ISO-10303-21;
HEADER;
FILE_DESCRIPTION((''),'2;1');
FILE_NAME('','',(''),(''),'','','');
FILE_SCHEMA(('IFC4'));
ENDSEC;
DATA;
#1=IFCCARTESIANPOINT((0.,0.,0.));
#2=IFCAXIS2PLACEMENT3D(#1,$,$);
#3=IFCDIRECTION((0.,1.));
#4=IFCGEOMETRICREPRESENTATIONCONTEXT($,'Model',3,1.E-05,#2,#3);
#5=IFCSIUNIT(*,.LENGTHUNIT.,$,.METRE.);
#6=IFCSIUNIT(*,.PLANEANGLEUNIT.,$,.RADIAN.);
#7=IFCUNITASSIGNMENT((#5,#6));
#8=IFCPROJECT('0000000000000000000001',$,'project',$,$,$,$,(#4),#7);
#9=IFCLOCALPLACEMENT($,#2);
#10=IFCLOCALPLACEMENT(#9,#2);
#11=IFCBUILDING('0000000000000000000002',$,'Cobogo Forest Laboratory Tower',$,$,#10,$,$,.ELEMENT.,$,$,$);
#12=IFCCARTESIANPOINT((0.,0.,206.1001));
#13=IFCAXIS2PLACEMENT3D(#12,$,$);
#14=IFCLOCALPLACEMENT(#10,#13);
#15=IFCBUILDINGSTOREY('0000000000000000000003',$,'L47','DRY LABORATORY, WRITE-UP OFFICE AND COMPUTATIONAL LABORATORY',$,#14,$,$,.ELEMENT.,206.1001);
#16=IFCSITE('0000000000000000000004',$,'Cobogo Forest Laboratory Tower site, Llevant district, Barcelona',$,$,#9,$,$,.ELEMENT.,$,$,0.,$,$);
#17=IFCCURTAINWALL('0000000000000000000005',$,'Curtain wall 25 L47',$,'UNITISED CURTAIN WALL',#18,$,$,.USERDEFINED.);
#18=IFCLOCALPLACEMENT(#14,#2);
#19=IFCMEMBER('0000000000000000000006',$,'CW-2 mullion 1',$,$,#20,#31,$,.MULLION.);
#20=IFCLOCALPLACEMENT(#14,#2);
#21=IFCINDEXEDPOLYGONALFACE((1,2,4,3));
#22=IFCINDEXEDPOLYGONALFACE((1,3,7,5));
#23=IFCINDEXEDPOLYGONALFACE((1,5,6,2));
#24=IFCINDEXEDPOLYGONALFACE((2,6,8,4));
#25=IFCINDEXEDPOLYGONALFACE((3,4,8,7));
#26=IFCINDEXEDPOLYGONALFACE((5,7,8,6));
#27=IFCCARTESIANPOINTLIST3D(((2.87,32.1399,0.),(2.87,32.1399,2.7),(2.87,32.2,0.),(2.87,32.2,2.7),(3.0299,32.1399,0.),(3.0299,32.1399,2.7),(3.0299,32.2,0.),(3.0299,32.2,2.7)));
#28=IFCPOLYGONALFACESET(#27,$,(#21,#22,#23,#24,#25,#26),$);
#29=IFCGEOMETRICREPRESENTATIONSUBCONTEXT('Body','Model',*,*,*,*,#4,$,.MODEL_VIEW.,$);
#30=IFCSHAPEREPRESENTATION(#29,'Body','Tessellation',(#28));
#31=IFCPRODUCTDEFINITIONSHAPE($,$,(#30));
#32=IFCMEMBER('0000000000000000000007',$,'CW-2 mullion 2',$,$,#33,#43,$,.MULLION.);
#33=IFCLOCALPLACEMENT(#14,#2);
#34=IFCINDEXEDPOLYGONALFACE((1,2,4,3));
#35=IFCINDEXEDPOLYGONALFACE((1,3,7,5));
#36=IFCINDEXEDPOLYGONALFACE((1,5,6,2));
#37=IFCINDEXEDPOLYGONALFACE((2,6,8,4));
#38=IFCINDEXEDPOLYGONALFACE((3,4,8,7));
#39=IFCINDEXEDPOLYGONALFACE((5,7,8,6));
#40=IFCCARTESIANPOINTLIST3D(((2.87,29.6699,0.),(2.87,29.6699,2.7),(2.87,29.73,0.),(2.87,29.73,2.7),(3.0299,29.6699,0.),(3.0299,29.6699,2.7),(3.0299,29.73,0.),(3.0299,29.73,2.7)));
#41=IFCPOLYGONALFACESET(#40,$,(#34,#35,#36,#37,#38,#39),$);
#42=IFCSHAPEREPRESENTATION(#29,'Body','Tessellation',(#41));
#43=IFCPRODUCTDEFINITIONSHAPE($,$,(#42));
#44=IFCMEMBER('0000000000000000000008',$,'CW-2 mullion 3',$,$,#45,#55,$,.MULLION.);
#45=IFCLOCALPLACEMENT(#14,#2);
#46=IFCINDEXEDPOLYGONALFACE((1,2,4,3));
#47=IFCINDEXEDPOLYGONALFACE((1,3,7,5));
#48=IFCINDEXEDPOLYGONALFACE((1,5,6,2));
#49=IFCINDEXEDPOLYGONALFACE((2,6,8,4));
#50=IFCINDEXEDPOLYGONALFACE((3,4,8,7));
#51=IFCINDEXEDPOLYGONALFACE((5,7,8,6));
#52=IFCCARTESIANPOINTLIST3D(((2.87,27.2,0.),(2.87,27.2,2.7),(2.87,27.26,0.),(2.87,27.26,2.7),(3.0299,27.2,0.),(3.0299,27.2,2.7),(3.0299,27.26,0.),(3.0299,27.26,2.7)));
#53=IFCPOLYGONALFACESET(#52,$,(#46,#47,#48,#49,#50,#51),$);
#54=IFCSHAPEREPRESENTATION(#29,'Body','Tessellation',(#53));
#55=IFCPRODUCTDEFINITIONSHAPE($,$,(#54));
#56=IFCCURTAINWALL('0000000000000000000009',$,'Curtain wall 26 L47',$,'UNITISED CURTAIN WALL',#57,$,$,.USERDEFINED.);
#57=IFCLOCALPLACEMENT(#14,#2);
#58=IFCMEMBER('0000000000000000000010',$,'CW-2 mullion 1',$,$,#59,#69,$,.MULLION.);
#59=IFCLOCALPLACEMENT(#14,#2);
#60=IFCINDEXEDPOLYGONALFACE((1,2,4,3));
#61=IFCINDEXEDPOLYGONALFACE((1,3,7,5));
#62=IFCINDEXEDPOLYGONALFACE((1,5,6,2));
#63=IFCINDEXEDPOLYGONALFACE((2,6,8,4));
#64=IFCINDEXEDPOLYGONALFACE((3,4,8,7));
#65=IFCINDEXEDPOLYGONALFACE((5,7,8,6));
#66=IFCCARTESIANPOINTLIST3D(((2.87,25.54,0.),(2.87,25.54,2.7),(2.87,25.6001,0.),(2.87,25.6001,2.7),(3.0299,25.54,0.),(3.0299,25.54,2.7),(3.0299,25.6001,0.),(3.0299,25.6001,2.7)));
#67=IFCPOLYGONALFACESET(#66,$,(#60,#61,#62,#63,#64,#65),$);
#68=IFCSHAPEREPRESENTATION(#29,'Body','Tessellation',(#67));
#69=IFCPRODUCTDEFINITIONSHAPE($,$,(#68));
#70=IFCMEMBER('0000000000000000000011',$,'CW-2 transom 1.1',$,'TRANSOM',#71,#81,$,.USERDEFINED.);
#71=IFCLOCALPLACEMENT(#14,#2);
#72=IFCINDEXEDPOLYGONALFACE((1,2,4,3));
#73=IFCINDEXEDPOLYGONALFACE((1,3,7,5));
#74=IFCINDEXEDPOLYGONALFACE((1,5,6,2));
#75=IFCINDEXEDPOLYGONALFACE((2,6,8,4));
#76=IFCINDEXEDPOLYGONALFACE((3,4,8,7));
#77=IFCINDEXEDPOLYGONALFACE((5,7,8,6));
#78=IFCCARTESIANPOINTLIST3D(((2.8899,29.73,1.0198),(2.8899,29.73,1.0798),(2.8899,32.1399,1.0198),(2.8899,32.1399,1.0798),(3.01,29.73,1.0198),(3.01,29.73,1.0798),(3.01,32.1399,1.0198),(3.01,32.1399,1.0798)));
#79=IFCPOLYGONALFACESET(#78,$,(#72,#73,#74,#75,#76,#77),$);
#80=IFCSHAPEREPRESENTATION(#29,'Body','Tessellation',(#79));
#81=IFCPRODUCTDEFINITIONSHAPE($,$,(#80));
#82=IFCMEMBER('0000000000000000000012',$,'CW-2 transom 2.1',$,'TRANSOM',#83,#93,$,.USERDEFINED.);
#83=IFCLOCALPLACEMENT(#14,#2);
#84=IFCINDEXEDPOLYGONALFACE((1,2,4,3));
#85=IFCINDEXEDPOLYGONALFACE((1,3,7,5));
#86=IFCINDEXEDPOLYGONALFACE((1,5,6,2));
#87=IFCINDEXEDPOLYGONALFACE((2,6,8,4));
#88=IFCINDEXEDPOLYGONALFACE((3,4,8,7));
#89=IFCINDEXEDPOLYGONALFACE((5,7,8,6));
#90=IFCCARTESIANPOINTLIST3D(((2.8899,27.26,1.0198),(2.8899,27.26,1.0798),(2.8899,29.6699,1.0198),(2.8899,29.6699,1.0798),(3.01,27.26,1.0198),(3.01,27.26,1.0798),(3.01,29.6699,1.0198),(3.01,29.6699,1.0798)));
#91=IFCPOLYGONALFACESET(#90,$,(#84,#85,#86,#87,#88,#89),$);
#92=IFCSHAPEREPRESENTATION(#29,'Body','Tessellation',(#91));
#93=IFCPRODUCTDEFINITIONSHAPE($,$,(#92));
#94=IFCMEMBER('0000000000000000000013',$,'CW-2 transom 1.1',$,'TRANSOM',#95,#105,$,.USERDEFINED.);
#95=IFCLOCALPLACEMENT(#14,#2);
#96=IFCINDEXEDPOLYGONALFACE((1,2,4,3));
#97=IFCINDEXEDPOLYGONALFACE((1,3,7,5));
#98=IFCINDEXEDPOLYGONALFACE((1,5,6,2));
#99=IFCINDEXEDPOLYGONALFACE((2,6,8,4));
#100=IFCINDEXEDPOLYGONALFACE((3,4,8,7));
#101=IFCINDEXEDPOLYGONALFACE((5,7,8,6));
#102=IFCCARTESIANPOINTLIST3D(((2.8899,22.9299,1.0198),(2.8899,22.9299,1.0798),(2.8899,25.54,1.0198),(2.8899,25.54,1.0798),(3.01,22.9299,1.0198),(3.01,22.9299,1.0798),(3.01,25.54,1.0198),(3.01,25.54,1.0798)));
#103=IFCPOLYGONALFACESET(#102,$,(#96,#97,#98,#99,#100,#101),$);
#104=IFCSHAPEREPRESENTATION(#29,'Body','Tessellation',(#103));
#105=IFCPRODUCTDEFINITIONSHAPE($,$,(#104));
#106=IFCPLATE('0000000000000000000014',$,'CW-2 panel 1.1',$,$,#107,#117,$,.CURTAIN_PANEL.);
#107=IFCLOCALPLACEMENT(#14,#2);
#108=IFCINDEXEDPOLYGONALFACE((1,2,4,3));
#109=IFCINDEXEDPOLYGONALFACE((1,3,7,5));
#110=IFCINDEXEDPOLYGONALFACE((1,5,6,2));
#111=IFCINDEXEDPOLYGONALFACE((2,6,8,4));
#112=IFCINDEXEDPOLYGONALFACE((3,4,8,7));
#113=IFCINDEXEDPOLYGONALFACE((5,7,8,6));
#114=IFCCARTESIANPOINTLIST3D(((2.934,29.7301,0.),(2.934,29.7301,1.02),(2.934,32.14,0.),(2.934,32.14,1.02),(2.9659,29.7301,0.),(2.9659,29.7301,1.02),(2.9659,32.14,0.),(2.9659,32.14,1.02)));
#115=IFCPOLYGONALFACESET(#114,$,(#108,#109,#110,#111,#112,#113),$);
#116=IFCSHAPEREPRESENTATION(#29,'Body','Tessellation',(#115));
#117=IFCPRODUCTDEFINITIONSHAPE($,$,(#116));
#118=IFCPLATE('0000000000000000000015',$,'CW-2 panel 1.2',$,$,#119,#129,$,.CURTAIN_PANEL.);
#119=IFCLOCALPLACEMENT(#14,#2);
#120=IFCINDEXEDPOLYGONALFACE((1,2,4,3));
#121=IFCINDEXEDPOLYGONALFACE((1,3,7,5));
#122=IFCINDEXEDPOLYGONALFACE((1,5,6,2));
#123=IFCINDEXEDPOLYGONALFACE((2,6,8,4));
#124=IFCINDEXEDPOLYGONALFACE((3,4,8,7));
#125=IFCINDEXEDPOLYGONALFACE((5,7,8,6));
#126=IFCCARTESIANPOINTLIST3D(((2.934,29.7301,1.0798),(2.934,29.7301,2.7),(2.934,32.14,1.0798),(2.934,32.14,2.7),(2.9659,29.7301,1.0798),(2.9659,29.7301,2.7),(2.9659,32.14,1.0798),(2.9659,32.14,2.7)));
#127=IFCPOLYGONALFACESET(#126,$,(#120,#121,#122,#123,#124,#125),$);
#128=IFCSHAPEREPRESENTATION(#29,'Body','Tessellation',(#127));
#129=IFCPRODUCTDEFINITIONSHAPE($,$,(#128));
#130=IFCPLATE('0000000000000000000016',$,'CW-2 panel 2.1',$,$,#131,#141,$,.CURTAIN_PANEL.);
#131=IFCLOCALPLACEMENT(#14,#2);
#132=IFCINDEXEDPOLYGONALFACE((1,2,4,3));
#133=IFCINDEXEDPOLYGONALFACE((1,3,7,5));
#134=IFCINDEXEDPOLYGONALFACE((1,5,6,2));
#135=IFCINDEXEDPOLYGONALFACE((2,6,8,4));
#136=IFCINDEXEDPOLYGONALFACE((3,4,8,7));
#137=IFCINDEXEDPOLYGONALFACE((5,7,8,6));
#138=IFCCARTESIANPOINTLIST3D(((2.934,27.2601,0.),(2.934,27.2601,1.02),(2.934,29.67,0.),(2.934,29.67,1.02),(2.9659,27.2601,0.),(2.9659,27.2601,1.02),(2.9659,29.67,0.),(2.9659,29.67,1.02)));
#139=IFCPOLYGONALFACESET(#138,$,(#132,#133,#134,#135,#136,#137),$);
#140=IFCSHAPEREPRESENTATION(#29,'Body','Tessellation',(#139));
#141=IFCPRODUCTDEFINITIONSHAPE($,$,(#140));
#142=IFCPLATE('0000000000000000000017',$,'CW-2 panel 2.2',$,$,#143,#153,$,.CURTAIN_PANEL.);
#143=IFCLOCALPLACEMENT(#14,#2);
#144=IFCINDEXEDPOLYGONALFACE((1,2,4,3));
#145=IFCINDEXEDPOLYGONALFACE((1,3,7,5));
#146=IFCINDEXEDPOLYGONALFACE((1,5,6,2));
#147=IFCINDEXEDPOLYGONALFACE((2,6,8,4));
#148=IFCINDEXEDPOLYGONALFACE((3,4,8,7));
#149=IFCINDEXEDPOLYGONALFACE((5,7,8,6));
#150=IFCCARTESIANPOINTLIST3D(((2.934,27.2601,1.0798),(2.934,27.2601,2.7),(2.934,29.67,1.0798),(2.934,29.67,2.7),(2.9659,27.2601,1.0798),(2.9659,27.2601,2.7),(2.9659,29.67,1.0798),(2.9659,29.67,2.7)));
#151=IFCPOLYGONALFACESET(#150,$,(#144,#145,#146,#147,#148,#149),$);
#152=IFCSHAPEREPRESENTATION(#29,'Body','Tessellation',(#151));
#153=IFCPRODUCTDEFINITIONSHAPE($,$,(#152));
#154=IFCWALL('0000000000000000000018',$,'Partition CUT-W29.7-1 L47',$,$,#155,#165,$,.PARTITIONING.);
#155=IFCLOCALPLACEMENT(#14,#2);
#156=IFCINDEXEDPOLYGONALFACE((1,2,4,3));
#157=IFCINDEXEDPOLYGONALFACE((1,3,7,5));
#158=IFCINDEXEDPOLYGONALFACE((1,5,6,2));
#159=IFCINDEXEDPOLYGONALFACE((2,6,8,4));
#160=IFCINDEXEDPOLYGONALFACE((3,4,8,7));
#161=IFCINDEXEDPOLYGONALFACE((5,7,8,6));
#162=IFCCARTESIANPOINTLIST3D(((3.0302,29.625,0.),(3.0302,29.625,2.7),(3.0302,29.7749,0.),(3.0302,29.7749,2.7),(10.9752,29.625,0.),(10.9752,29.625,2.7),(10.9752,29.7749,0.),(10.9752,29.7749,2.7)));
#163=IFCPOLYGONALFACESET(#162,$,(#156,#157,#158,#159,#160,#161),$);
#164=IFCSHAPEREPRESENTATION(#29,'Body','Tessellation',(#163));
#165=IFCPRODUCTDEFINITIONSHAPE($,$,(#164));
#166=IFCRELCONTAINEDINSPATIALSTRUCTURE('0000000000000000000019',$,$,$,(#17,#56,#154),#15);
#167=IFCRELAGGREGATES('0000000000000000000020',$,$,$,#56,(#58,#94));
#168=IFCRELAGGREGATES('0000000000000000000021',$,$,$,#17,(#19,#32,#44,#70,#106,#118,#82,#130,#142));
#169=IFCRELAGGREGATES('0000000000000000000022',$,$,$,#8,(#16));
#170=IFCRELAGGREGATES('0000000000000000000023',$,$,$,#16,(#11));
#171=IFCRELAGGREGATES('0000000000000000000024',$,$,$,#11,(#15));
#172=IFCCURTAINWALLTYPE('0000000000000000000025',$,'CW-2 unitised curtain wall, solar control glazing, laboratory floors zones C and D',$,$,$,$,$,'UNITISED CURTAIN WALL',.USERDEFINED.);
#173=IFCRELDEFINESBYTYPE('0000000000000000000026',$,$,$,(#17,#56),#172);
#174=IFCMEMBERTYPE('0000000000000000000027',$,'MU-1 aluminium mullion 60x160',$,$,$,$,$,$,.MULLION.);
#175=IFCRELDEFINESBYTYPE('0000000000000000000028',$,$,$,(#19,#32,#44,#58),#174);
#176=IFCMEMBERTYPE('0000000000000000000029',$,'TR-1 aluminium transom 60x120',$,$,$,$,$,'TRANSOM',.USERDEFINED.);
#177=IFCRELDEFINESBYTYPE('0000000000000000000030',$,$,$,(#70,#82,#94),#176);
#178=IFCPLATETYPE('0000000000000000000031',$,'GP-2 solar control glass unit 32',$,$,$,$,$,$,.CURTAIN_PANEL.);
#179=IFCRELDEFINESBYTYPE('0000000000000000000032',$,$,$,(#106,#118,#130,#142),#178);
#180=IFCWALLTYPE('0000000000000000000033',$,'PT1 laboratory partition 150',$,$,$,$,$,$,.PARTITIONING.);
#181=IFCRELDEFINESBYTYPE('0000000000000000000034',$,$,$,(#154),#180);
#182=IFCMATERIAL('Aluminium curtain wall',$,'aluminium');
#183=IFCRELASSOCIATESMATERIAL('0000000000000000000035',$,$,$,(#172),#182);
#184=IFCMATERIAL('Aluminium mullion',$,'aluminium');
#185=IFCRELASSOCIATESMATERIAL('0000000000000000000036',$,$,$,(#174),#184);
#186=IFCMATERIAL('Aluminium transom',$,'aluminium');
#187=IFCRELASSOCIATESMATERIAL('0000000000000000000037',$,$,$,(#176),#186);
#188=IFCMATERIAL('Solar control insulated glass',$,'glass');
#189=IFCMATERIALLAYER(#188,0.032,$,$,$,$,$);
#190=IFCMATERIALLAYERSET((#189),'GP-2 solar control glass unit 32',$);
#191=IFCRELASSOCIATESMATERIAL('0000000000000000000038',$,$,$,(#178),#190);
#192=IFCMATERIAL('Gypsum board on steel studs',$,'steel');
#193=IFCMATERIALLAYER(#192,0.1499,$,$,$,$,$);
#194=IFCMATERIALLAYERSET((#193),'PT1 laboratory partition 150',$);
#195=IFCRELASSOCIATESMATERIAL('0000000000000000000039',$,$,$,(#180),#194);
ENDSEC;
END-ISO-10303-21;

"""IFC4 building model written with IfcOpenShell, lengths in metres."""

from ifc_helpers import new_model, si_unit, direction, frame, frame_2d, origin, origin_2d, place, context, subcontext, project, spatial, rectangle, extrude, material, layer, layer_set, material_profile, profile_set, type_object, element, aggregate, save


model = new_model("IFC4")

# Units and contexts
model_context = context("Model", 3, precision=1e-05, world=origin(), true_north=direction((0.0, 1.0)))
body_context = subcontext(model_context, "Body", "Model", "MODEL_VIEW")
ifc_project = project(units=[si_unit("LENGTHUNIT", "METRE"), si_unit("PLANEANGLEUNIT", "RADIAN")], contexts=[model_context])

# Site, building, storey
site_placement = place(None, origin())
site = spatial("IfcSite", under=ifc_project, at=site_placement, Name="Cobogo Forest Laboratory Tower site, Llevant district, Barcelona", CompositionType="ELEMENT", RefElevation=0.0)
building_placement = place(site_placement, origin())
building = spatial("IfcBuilding", under=site, at=building_placement, Name="Cobogo Forest Laboratory Tower", CompositionType="ELEMENT")
storey_placement = place(building_placement, frame((0.0, 0.0, 206.1001)))
storey = spatial("IfcBuildingStorey", under=building, at=storey_placement, Name="L47", Description="DRY LABORATORY, WRITE-UP OFFICE AND COMPUTATIONAL LABORATORY", CompositionType="ELEMENT", Elevation=206.1001)

# Curtain wall, members
ifc_material_1 = material(Name="Aluminium curtain wall", Category="aluminium")
curtain_wall_type = type_object("IfcCurtainWallType", Name="CW-2 unitised curtain wall, solar control glazing, laboratory floors zones C and D", ElementType="UNITISED CURTAIN WALL", PredefinedType="USERDEFINED", material=ifc_material_1)
curtain_wall_1_placement = place(storey_placement, origin())
curtain_wall_1 = element("IfcCurtainWall", 1, at=curtain_wall_1_placement, inside=storey, type_object=curtain_wall_type, Name="Curtain wall 25 L47", ObjectType="UNITISED CURTAIN WALL", PredefinedType="USERDEFINED")
ifc_material_2 = material(Name="Aluminium mullion", Category="aluminium")
ifc_material_profile_1 = material_profile(ifc_material_2, rectangle(XDim=0.0601, YDim=0.1599, at=origin_2d()), Name="AL 60x160")
ifc_profile_set_1 = profile_set([ifc_material_profile_1], Name="Aluminium mullion")
member_type_1 = type_object("IfcMemberType", Name="MU-1 aluminium mullion 60x160", PredefinedType="MULLION", material=ifc_profile_set_1)
member_1_placement = place(storey_placement, frame((2.95, 32.1699, 0.0), z_axis=(0.0, 0.0, 1.0), x_axis=(0.0, -1.0, 0.0)))
member_1 = element("IfcMember", 2, at=member_1_placement, type_object=member_type_1, Name="CW-2 mullion 1", PredefinedType="MULLION", context=body_context, shape_type="SweptSolid", body=[
    extrude(rectangle(XDim=0.0601, YDim=0.1599, at=origin_2d()), origin(), (0.0, 0.0, 1.0), 2.7),
])
member_2_placement = place(storey_placement, frame((2.95, 29.7, 0.0), z_axis=(0.0, 0.0, 1.0), x_axis=(0.0, -1.0, 0.0)))
member_2 = element("IfcMember", 3, at=member_2_placement, type_object=member_type_1, Name="CW-2 mullion 2", PredefinedType="MULLION", context=body_context, shape_type="SweptSolid", body=[
    extrude(rectangle(XDim=0.0601, YDim=0.1599, at=origin_2d()), origin(), (0.0, 0.0, 1.0), 2.7),
])
member_3_placement = place(storey_placement, frame((2.95, 27.23, 0.0), z_axis=(0.0, 0.0, 1.0), x_axis=(0.0, -1.0, 0.0)))
member_3 = element("IfcMember", 4, at=member_3_placement, type_object=member_type_1, Name="CW-2 mullion 3", PredefinedType="MULLION", context=body_context, shape_type="SweptSolid", body=[
    extrude(rectangle(XDim=0.0601, YDim=0.1599, at=origin_2d()), origin(), (0.0, 0.0, 1.0), 2.7),
])

# Curtain wall, member
curtain_wall_2_placement = place(storey_placement, origin())
curtain_wall_2 = element("IfcCurtainWall", 5, at=curtain_wall_2_placement, inside=storey, type_object=curtain_wall_type, Name="Curtain wall 26 L47", ObjectType="UNITISED CURTAIN WALL", PredefinedType="USERDEFINED")
member_4_placement = place(storey_placement, frame((2.95, 25.5701, 0.0), z_axis=(0.0, 0.0, 1.0), x_axis=(0.0, -1.0, 0.0)))
member_4 = element("IfcMember", 6, at=member_4_placement, type_object=member_type_1, Name="CW-2 mullion 1", PredefinedType="MULLION", context=body_context, shape_type="SweptSolid", body=[
    extrude(rectangle(XDim=0.0601, YDim=0.1599, at=origin_2d()), origin(), (0.0, 0.0, 1.0), 2.7),
])

# Members
ifc_material_3 = material(Name="Aluminium transom", Category="aluminium")
ifc_material_profile_2 = material_profile(ifc_material_3, rectangle(XDim=0.1201, YDim=0.0601, at=origin_2d()), Name="AL 60x120")
ifc_profile_set_2 = profile_set([ifc_material_profile_2], Name="Aluminium transom")
member_type_2 = type_object("IfcMemberType", Name="TR-1 aluminium transom 60x120", ElementType="TRANSOM", PredefinedType="USERDEFINED", material=ifc_profile_set_2)
member_5_placement = place(storey_placement, frame((2.95, 32.1399, 1.0498), z_axis=(0.0, -1.0, 0.0), x_axis=(1.0, 0.0, 0.0)))
member_5 = element("IfcMember", 7, at=member_5_placement, type_object=member_type_2, Name="CW-2 transom 1.1", ObjectType="TRANSOM", PredefinedType="USERDEFINED", context=body_context, shape_type="SweptSolid", body=[
    extrude(rectangle(XDim=0.1201, YDim=0.0601, at=origin_2d()), origin(), (0.0, 0.0, 1.0), 2.4099),
])
member_6_placement = place(storey_placement, frame((2.95, 29.6699, 1.0498), z_axis=(0.0, -1.0, 0.0), x_axis=(1.0, 0.0, 0.0)))
member_6 = element("IfcMember", 8, at=member_6_placement, type_object=member_type_2, Name="CW-2 transom 2.1", ObjectType="TRANSOM", PredefinedType="USERDEFINED", context=body_context, shape_type="SweptSolid", body=[
    extrude(rectangle(XDim=0.1201, YDim=0.0601, at=origin_2d()), origin(), (0.0, 0.0, 1.0), 2.4099),
])
member_7_placement = place(storey_placement, frame((2.95, 25.54, 1.0498), z_axis=(0.0, -1.0, 0.0), x_axis=(1.0, 0.0, 0.0)))
member_7 = element("IfcMember", 9, at=member_7_placement, type_object=member_type_2, Name="CW-2 transom 1.1", ObjectType="TRANSOM", PredefinedType="USERDEFINED", context=body_context, shape_type="SweptSolid", body=[
    extrude(rectangle(XDim=0.1201, YDim=0.0601, at=origin_2d()), origin(), (0.0, 0.0, 1.0), 2.6101),
])
aggregate(curtain_wall_2, [member_4, member_7])

# Plates
ifc_material_4 = material(Name="Solar control insulated glass", Category="glass")
ifc_layer_1 = layer(ifc_material_4, 0.032)
ifc_layer_set_1 = layer_set([ifc_layer_1], Name="GP-2 solar control glass unit 32")
plate_type_1 = type_object("IfcPlateType", Name="GP-2 solar control glass unit 32", PredefinedType="CURTAIN_PANEL", material=ifc_layer_set_1)
plate_1_placement = place(storey_placement, frame((2.95, 30.9351, 0.0), z_axis=(0.0, 0.0, 1.0), x_axis=(0.0, -1.0, 0.0)))
plate_1 = element("IfcPlate", 10, at=plate_1_placement, type_object=plate_type_1, Name="CW-2 panel 1.1", PredefinedType="CURTAIN_PANEL", context=body_context, shape_type="SweptSolid", body=[
    extrude(rectangle(XDim=2.4099, YDim=0.032, at=origin_2d()), origin(), (0.0, 0.0, 1.0), 1.02),
])
plate_2_placement = place(storey_placement, frame((2.95, 30.9351, 1.0798), z_axis=(0.0, 0.0, 1.0), x_axis=(0.0, -1.0, 0.0)))
plate_2 = element("IfcPlate", 11, at=plate_2_placement, type_object=plate_type_1, Name="CW-2 panel 1.2", PredefinedType="CURTAIN_PANEL", context=body_context, shape_type="SweptSolid", body=[
    extrude(rectangle(XDim=2.4099, YDim=0.032, at=origin_2d()), origin(), (0.0, 0.0, 1.0), 1.6201),
])
plate_3_placement = place(storey_placement, frame((2.95, 28.4651, 0.0), z_axis=(0.0, 0.0, 1.0), x_axis=(0.0, -1.0, 0.0)))
plate_3 = element("IfcPlate", 12, at=plate_3_placement, type_object=plate_type_1, Name="CW-2 panel 2.1", PredefinedType="CURTAIN_PANEL", context=body_context, shape_type="SweptSolid", body=[
    extrude(rectangle(XDim=2.4099, YDim=0.032, at=origin_2d()), origin(), (0.0, 0.0, 1.0), 1.02),
])
plate_4_placement = place(storey_placement, frame((2.95, 28.4651, 1.0798), z_axis=(0.0, 0.0, 1.0), x_axis=(0.0, -1.0, 0.0)))
plate_4 = element("IfcPlate", 13, at=plate_4_placement, type_object=plate_type_1, Name="CW-2 panel 2.2", PredefinedType="CURTAIN_PANEL", context=body_context, shape_type="SweptSolid", body=[
    extrude(rectangle(XDim=2.4099, YDim=0.032, at=origin_2d()), origin(), (0.0, 0.0, 1.0), 1.6201),
])
aggregate(curtain_wall_1, [member_1, member_2, member_3, member_5, plate_1, plate_2, member_6, plate_3, plate_4])

# Wall
ifc_material_5 = material(Name="Gypsum board on steel studs", Category="steel")
ifc_layer_2 = layer(ifc_material_5, 0.1499)
ifc_layer_set_2 = layer_set([ifc_layer_2], Name="PT1 laboratory partition 150")
wall_type = type_object("IfcWallType", Name="PT1 laboratory partition 150", PredefinedType="PARTITIONING", material=ifc_layer_set_2)
wall_placement = place(storey_placement, frame((3.03, 29.7, 0.0), z_axis=(0.0, 0.0, 1.0), x_axis=(1.0, 0.0, 0.0)))
element("IfcWall", 14, at=wall_placement, inside=storey, type_object=wall_type, Name="Partition CUT-W29.7-1 L47", PredefinedType="PARTITIONING", context=body_context, shape_type="SweptSolid", body=[
    extrude(rectangle(XDim=7.9451, YDim=0.1499, at=frame_2d((3.9727, 0.0))), origin(), (0.0, 0.0, 1.0), 2.7),
])

save(model, "model.ifc")
